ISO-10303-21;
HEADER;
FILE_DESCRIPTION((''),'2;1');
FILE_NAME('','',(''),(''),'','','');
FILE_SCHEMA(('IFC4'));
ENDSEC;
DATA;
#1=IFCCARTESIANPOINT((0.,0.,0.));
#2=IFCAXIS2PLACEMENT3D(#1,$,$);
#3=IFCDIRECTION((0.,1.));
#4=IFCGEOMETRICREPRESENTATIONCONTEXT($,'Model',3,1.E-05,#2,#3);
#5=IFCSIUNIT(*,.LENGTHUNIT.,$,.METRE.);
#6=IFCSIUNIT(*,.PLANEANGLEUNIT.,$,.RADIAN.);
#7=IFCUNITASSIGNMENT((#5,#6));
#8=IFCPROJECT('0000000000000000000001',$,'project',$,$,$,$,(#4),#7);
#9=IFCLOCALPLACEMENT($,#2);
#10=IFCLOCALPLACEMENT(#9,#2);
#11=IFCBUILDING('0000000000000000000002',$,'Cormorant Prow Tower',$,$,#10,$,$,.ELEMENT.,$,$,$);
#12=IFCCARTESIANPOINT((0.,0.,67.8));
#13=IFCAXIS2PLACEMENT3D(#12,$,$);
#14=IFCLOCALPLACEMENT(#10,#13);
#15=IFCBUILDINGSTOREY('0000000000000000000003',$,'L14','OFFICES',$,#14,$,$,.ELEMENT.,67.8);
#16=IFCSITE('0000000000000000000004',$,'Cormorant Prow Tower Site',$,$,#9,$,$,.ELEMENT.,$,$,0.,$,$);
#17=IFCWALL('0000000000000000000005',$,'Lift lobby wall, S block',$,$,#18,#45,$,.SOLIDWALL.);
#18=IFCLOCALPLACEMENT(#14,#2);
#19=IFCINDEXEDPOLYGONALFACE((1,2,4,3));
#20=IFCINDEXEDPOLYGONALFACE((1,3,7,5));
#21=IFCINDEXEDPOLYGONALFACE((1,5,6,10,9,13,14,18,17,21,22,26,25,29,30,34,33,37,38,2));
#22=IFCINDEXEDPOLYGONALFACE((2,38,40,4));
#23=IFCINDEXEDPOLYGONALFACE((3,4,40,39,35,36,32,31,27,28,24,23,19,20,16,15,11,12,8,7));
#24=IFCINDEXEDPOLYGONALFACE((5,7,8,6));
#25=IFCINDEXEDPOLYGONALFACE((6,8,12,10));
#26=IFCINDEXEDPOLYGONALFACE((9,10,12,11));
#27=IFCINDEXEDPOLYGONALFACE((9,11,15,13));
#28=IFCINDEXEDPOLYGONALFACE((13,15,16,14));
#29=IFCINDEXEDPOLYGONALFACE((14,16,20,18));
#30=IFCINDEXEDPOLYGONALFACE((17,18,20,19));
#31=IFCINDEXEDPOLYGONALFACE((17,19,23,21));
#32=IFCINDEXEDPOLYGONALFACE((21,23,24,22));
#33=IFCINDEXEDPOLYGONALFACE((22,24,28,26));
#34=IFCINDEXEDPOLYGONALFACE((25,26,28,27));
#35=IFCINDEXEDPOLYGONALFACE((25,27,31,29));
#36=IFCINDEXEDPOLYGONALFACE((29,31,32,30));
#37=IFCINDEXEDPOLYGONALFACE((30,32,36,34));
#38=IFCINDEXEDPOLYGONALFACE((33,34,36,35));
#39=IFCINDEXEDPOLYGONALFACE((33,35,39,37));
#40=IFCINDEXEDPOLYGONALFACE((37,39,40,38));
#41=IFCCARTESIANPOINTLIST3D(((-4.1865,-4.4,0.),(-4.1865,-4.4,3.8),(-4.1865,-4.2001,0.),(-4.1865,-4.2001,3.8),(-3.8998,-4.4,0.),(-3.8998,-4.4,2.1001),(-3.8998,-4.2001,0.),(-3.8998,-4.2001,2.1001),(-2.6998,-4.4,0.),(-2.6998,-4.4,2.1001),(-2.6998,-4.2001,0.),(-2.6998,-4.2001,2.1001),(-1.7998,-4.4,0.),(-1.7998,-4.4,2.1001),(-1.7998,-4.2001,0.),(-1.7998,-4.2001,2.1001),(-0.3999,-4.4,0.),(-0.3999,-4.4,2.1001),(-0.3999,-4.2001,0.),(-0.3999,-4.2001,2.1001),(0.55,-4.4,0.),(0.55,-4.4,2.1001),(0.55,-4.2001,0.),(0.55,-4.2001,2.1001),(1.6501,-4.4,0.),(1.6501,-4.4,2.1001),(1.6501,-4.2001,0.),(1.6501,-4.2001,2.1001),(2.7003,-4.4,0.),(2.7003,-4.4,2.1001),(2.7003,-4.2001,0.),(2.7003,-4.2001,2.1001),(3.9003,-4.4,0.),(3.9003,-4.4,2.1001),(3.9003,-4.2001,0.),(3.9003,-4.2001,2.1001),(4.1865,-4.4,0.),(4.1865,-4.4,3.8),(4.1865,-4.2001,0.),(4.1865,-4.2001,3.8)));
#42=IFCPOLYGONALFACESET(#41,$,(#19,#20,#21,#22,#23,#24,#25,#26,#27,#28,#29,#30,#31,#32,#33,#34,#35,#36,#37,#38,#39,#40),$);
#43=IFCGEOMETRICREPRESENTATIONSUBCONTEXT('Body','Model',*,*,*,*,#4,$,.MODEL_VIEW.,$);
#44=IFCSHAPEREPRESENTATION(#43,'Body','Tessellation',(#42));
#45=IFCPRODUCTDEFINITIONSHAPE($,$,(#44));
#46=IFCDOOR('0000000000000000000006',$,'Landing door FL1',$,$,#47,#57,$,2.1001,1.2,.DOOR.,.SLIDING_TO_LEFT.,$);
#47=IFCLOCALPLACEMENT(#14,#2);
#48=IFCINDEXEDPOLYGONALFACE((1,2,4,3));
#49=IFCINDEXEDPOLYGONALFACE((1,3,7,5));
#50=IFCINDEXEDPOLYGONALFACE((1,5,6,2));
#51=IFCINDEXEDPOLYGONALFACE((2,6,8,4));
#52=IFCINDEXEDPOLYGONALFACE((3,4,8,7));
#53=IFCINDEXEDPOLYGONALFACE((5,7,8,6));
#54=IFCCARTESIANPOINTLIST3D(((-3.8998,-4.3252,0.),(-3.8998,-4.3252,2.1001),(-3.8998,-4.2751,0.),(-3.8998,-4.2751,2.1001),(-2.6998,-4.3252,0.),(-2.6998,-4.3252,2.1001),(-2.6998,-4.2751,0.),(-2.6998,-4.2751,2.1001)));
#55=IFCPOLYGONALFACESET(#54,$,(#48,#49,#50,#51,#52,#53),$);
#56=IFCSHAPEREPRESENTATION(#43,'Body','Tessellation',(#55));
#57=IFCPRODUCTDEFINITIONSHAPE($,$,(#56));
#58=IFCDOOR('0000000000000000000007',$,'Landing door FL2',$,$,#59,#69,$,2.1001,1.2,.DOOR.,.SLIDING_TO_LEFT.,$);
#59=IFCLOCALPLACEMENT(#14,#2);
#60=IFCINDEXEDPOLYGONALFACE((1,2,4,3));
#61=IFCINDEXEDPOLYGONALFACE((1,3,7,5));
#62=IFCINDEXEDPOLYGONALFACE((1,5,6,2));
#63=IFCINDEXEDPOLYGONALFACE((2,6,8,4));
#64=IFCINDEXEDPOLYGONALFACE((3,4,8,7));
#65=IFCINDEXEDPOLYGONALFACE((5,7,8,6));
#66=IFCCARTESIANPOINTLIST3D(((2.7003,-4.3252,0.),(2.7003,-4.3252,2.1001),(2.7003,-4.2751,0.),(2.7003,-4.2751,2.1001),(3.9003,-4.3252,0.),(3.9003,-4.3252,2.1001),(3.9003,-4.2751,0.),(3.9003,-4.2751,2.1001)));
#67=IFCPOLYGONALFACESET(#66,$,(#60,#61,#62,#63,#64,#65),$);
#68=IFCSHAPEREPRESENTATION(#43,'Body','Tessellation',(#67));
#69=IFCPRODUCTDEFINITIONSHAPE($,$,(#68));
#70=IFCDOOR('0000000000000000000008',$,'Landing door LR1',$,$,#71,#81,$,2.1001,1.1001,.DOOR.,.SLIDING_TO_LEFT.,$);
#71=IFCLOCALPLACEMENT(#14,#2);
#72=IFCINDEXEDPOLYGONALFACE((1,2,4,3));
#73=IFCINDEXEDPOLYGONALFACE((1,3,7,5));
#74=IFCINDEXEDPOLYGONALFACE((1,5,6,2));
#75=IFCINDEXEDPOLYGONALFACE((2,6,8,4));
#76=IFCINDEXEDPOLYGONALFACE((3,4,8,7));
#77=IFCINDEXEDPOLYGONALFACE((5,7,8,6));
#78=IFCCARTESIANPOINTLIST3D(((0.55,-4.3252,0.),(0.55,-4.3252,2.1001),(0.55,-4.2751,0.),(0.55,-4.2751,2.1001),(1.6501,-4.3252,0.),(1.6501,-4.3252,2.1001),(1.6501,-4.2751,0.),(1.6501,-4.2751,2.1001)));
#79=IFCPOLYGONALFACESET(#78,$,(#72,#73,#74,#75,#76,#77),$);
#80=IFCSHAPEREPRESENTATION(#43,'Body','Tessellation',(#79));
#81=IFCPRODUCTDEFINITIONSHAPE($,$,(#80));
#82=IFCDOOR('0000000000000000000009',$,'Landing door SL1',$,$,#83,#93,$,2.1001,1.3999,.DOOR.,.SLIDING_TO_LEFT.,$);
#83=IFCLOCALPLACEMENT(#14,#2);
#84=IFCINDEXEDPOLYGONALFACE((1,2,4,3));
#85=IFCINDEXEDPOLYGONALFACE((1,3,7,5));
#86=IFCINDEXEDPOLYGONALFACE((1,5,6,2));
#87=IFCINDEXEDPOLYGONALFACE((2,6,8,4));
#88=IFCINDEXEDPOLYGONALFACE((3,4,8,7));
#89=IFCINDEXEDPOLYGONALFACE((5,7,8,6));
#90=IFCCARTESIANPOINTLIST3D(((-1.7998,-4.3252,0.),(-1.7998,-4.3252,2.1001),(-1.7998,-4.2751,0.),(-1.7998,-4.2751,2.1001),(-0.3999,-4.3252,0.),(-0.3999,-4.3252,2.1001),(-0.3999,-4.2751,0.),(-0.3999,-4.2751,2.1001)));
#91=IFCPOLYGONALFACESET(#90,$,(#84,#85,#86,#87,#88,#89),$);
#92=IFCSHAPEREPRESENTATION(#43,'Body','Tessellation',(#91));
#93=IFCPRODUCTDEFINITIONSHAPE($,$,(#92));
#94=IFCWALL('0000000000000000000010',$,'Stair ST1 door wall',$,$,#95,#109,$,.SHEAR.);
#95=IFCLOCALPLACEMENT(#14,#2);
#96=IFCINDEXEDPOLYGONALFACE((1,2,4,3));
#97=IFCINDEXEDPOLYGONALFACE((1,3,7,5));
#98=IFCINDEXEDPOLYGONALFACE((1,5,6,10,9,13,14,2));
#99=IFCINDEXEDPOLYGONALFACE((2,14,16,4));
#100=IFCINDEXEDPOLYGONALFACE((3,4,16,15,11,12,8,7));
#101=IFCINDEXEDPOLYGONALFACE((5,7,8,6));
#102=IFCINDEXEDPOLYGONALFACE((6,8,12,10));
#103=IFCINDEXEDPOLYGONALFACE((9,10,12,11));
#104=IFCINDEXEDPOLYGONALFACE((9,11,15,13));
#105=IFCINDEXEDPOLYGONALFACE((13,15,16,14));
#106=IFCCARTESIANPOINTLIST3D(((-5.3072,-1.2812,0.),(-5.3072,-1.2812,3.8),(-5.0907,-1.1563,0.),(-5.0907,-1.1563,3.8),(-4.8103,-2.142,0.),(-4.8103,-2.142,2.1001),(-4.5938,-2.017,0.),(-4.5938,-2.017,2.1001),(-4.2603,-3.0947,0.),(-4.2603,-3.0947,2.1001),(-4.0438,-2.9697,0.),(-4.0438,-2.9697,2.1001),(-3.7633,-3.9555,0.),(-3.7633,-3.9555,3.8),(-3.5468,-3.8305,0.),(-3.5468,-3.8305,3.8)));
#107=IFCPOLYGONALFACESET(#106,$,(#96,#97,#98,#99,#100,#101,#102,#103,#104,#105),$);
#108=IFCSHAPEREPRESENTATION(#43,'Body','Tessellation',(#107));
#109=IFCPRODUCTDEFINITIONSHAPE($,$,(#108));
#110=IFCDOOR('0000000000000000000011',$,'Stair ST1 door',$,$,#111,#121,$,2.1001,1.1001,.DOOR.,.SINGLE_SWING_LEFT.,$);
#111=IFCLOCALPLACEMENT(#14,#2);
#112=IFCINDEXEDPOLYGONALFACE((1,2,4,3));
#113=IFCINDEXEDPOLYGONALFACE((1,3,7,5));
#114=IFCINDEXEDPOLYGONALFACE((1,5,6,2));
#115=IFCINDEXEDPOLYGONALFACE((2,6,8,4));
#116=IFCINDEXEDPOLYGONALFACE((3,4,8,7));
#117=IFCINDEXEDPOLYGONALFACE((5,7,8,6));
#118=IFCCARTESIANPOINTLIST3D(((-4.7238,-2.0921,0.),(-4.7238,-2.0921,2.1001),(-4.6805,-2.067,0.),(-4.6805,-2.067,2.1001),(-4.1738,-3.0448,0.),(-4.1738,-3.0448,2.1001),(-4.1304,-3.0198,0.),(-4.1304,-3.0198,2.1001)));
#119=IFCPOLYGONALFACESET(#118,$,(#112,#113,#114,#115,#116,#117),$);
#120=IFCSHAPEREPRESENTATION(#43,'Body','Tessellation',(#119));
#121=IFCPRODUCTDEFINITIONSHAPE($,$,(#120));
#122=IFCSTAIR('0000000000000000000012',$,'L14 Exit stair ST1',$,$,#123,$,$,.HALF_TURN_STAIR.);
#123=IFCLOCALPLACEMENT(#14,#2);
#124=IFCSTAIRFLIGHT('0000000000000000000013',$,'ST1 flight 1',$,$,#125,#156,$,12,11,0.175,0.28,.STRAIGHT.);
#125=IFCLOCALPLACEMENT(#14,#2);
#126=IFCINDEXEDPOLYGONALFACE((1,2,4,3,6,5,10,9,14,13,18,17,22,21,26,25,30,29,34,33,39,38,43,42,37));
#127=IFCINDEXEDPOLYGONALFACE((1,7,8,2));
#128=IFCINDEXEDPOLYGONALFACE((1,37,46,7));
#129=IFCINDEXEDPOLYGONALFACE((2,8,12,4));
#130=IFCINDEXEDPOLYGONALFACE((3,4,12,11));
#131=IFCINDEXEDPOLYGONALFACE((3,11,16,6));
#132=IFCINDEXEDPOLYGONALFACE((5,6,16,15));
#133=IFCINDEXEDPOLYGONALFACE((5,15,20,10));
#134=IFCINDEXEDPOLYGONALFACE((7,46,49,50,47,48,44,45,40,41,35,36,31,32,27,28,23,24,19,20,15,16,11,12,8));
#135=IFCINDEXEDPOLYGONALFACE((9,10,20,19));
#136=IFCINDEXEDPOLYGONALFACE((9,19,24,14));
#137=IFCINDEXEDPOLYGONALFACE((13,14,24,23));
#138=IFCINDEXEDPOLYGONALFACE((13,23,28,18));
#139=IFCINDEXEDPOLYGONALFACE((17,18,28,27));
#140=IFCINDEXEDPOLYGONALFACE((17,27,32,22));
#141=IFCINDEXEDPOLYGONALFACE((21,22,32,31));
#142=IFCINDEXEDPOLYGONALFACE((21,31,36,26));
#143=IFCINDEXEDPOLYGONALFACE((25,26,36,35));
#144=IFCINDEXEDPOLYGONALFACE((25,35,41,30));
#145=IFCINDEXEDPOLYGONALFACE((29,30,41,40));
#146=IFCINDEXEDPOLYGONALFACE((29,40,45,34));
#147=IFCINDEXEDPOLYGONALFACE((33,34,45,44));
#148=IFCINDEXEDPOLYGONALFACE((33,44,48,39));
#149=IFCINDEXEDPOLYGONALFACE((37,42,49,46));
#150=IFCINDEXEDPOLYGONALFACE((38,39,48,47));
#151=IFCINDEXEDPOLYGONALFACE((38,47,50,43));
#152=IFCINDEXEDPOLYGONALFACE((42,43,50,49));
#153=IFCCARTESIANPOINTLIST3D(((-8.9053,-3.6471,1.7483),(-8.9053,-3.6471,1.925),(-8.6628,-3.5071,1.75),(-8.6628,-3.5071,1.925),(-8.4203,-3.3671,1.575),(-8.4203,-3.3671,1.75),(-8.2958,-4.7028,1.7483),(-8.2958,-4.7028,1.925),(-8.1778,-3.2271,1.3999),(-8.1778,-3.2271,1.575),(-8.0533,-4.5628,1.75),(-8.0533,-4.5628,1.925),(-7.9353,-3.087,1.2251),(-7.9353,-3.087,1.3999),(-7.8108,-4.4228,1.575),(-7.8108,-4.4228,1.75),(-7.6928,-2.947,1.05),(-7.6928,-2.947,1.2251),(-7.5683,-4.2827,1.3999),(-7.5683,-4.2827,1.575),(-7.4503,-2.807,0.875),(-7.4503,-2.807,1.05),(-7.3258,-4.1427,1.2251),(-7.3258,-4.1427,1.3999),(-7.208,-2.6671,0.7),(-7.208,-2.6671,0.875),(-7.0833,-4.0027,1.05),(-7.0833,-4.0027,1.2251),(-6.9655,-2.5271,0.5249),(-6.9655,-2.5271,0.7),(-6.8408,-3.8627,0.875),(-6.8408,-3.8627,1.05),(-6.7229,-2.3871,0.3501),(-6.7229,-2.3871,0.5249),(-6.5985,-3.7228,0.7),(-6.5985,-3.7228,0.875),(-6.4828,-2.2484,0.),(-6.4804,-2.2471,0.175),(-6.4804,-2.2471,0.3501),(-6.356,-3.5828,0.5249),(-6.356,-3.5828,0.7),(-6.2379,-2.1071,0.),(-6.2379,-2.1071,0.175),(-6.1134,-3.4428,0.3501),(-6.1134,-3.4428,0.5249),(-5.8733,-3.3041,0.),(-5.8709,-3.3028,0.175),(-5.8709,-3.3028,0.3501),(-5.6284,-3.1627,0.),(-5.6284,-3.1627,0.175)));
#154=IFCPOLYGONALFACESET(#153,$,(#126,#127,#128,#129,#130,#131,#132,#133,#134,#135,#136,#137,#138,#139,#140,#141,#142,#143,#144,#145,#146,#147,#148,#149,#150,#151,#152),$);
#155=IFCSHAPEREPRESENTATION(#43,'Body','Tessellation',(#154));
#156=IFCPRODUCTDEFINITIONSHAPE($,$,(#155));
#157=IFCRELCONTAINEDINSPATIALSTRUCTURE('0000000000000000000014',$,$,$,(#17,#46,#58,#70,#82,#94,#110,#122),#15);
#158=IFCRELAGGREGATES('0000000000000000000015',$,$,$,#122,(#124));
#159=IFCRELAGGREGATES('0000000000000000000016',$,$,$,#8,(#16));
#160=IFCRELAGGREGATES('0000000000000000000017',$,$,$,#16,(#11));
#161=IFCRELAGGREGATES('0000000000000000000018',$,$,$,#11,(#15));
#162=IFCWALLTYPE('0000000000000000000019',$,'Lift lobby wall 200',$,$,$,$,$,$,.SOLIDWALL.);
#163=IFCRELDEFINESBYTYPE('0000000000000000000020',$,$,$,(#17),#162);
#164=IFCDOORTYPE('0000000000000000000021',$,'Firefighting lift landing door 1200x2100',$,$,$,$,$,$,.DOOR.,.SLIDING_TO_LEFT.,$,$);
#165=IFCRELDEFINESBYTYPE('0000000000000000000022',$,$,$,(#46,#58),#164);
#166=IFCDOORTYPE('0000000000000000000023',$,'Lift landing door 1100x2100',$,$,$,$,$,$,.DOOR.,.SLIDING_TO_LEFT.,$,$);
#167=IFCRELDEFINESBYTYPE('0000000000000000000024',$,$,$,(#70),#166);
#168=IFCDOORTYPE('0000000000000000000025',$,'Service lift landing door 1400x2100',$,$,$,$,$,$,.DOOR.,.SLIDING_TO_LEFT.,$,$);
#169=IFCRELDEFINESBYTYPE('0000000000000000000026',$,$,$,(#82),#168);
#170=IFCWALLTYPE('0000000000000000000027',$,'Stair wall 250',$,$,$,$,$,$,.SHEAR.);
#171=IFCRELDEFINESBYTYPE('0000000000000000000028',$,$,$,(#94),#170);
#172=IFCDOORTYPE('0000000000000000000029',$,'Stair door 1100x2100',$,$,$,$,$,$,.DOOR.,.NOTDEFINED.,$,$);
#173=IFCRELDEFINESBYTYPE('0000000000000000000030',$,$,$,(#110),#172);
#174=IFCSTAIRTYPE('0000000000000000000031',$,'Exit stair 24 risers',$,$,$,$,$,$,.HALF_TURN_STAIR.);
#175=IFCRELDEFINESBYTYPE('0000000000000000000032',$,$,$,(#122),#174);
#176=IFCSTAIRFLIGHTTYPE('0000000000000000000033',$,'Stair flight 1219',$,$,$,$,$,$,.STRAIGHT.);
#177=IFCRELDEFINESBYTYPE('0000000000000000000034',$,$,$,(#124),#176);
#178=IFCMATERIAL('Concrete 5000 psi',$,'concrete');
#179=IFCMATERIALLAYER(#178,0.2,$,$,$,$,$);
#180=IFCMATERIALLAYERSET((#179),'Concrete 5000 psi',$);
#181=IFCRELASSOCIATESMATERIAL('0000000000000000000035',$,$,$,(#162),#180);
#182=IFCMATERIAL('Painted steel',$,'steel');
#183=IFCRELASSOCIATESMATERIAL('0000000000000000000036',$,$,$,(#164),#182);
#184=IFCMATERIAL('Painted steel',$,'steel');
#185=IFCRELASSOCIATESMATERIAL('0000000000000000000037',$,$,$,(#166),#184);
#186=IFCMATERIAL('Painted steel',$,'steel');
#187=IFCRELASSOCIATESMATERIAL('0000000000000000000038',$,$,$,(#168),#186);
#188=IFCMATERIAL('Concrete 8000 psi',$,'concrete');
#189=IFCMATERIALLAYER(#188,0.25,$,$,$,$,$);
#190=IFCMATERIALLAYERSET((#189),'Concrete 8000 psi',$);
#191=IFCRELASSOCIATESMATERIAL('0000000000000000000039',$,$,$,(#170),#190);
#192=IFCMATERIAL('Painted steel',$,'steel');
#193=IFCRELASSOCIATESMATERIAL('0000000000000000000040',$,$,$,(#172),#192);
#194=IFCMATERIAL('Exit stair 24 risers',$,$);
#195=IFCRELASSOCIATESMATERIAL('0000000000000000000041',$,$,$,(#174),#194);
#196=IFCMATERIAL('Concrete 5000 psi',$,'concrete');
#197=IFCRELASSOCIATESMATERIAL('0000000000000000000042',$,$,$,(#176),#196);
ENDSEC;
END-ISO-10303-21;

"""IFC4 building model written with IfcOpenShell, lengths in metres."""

from ifc_helpers import new_model, si_unit, direction, frame, frame_2d, origin, place, context, subcontext, project, spatial, polyline, rectangle, outline, extrude, material, layer, layer_set, type_object, element, fill, aggregate, save


model = new_model("IFC4")

# Units and contexts
model_context = context("Model", 3, precision=1e-05, world=origin(), true_north=direction((0.0, 1.0)))
body_context = subcontext(model_context, "Body", "Model", "MODEL_VIEW")
ifc_project = project(units=[si_unit("LENGTHUNIT", "METRE"), si_unit("PLANEANGLEUNIT", "RADIAN")], contexts=[model_context])

# Site, building, storey
site_placement = place(None, origin())
site = spatial("IfcSite", under=ifc_project, at=site_placement, Name="Cormorant Prow Tower Site", CompositionType="ELEMENT", RefElevation=0.0)
building_placement = place(site_placement, origin())
building = spatial("IfcBuilding", under=site, at=building_placement, Name="Cormorant Prow Tower", CompositionType="ELEMENT")
storey_placement = place(building_placement, frame((0.0, 0.0, 67.8)))
storey = spatial("IfcBuildingStorey", under=building, at=storey_placement, Name="L14", Description="OFFICES", CompositionType="ELEMENT", Elevation=67.8)

# Wall, openings, doors
ifc_material_1 = material(Name="Concrete 5000 psi", Category="concrete")
ifc_layer_1 = layer(ifc_material_1, 0.2)
ifc_layer_set_1 = layer_set([ifc_layer_1], Name="Concrete 5000 psi")
wall_type_1 = type_object("IfcWallType", Name="Lift lobby wall 200", PredefinedType="SOLIDWALL", material=ifc_layer_set_1)
wall_1_placement = place(storey_placement, frame((-4.1865, -4.3, 0.0), z_axis=(0.0, 0.0, 1.0), x_axis=(1.0, 0.0, 0.0)))
wall_1 = element("IfcWall", 1, at=wall_1_placement, inside=storey, type_object=wall_type_1, Name="Lift lobby wall, S block", PredefinedType="SOLIDWALL", context=body_context, shape_type="SweptSolid", body=[
    extrude(rectangle(XDim=8.373, YDim=0.2, at=frame_2d((4.1865, 0.0))), origin(), (0.0, 0.0, 1.0), 3.8),
])
opening_1_placement = place(wall_1_placement, frame((0.2866, 0.0, 0.0)))
opening_1 = element("IfcOpeningElement", 2, at=opening_1_placement, cuts=wall_1, PredefinedType="OPENING", context=body_context, shape_type="SweptSolid", body=[
    extrude(rectangle(XDim=1.2, YDim=2.1001, at=frame_2d((0.6001, 1.05))), frame((0.0, 0.1099, 0.0), z_axis=(0.0, -1.0, 0.0), x_axis=(1.0, 0.0, 0.0)), (0.0, 0.0, 1.0), 0.22),
])
opening_2_placement = place(wall_1_placement, frame((2.3867, 0.0, 0.0)))
opening_2 = element("IfcOpeningElement", 3, at=opening_2_placement, cuts=wall_1, PredefinedType="OPENING", context=body_context, shape_type="SweptSolid", body=[
    extrude(rectangle(XDim=1.3999, YDim=2.1001, at=frame_2d((0.7, 1.05))), frame((0.0, 0.1099, 0.0), z_axis=(0.0, -1.0, 0.0), x_axis=(1.0, 0.0, 0.0)), (0.0, 0.0, 1.0), 0.22),
])
opening_3_placement = place(wall_1_placement, frame((4.7366, 0.0, 0.0)))
opening_3 = element("IfcOpeningElement", 4, at=opening_3_placement, cuts=wall_1, PredefinedType="OPENING", context=body_context, shape_type="SweptSolid", body=[
    extrude(rectangle(XDim=1.1001, YDim=2.1001, at=frame_2d((0.55, 1.05))), frame((0.0, 0.1099, 0.0), z_axis=(0.0, -1.0, 0.0), x_axis=(1.0, 0.0, 0.0)), (0.0, 0.0, 1.0), 0.22),
])
opening_4_placement = place(wall_1_placement, frame((6.8867, 0.0, 0.0)))
opening_4 = element("IfcOpeningElement", 5, at=opening_4_placement, cuts=wall_1, PredefinedType="OPENING", context=body_context, shape_type="SweptSolid", body=[
    extrude(rectangle(XDim=1.2, YDim=2.1001, at=frame_2d((0.6001, 1.05))), frame((0.0, 0.1099, 0.0), z_axis=(0.0, -1.0, 0.0), x_axis=(1.0, 0.0, 0.0)), (0.0, 0.0, 1.0), 0.22),
])
ifc_material_2 = material(Name="Painted steel", Category="steel")
door_type_1 = type_object("IfcDoorType", Name="Firefighting lift landing door 1200x2100", OperationType="SLIDING_TO_LEFT", PredefinedType="DOOR", material=ifc_material_2)
door_1_placement = place(opening_1_placement, origin())
door_1 = element("IfcDoor", 6, at=door_1_placement, inside=storey, type_object=door_type_1, Name="Landing door FL1", OperationType="SLIDING_TO_LEFT", OverallHeight=2.1001, OverallWidth=1.2, PredefinedType="DOOR", context=body_context, shape_type="SweptSolid", body=[
    extrude(rectangle(XDim=1.2, YDim=2.1001, at=frame_2d((0.6001, 1.05))), frame((0.0, 0.0249, 0.0), z_axis=(0.0, -1.0, 0.0), x_axis=(1.0, 0.0, 0.0)), (0.0, 0.0, 1.0), 0.05),
])
fill(opening_1, door_1)
door_2_placement = place(opening_4_placement, origin())
door_2 = element("IfcDoor", 7, at=door_2_placement, inside=storey, type_object=door_type_1, Name="Landing door FL2", OperationType="SLIDING_TO_LEFT", OverallHeight=2.1001, OverallWidth=1.2, PredefinedType="DOOR", context=body_context, shape_type="SweptSolid", body=[
    extrude(rectangle(XDim=1.2, YDim=2.1001, at=frame_2d((0.6001, 1.05))), frame((0.0, 0.0249, 0.0), z_axis=(0.0, -1.0, 0.0), x_axis=(1.0, 0.0, 0.0)), (0.0, 0.0, 1.0), 0.05),
])
fill(opening_4, door_2)
ifc_material_3 = material(Name="Painted steel", Category="steel")
door_type_2 = type_object("IfcDoorType", Name="Lift landing door 1100x2100", OperationType="SLIDING_TO_LEFT", PredefinedType="DOOR", material=ifc_material_3)
door_3_placement = place(opening_3_placement, origin())
door_3 = element("IfcDoor", 8, at=door_3_placement, inside=storey, type_object=door_type_2, Name="Landing door LR1", OperationType="SLIDING_TO_LEFT", OverallHeight=2.1001, OverallWidth=1.1001, PredefinedType="DOOR", context=body_context, shape_type="SweptSolid", body=[
    extrude(rectangle(XDim=1.1001, YDim=2.1001, at=frame_2d((0.55, 1.05))), frame((0.0, 0.0249, 0.0), z_axis=(0.0, -1.0, 0.0), x_axis=(1.0, 0.0, 0.0)), (0.0, 0.0, 1.0), 0.05),
])
fill(opening_3, door_3)
ifc_material_4 = material(Name="Painted steel", Category="steel")
door_type_3 = type_object("IfcDoorType", Name="Service lift landing door 1400x2100", OperationType="SLIDING_TO_LEFT", PredefinedType="DOOR", material=ifc_material_4)
door_4_placement = place(opening_2_placement, origin())
door_4 = element("IfcDoor", 9, at=door_4_placement, inside=storey, type_object=door_type_3, Name="Landing door SL1", OperationType="SLIDING_TO_LEFT", OverallHeight=2.1001, OverallWidth=1.3999, PredefinedType="DOOR", context=body_context, shape_type="SweptSolid", body=[
    extrude(rectangle(XDim=1.3999, YDim=2.1001, at=frame_2d((0.7, 1.05))), frame((0.0, 0.0249, 0.0), z_axis=(0.0, -1.0, 0.0), x_axis=(1.0, 0.0, 0.0)), (0.0, 0.0, 1.0), 0.05),
])
fill(opening_2, door_4)

# Wall, opening, door
ifc_material_5 = material(Name="Concrete 8000 psi", Category="concrete")
ifc_layer_2 = layer(ifc_material_5, 0.25)
ifc_layer_set_2 = layer_set([ifc_layer_2], Name="Concrete 8000 psi")
wall_type_2 = type_object("IfcWallType", Name="Stair wall 250", PredefinedType="SHEAR", material=ifc_layer_set_2)
wall_2_placement = place(storey_placement, frame((-5.199, -1.2188, 0.0), z_axis=(0.0, 0.0, 1.0), x_axis=(0.499983, -0.866035, 0.0)))
wall_2 = element("IfcWall", 10, at=wall_2_placement, inside=storey, type_object=wall_type_2, Name="Stair ST1 door wall", PredefinedType="SHEAR", context=body_context, shape_type="SweptSolid", body=[
    extrude(rectangle(XDim=3.0879, YDim=0.25, at=frame_2d((1.5439, 0.0))), origin(), (0.0, 0.0, 1.0), 3.8),
])
opening_5_placement = place(wall_2_placement, frame((0.9939, 0.0, 0.0)))
opening_5 = element("IfcOpeningElement", 11, at=opening_5_placement, cuts=wall_2, PredefinedType="OPENING", context=body_context, shape_type="SweptSolid", body=[
    extrude(rectangle(XDim=1.1001, YDim=2.1001, at=frame_2d((0.55, 1.05))), frame((0.0, 0.135, 0.0), z_axis=(0.0, -1.0, 0.0), x_axis=(1.0, 0.0, 0.0)), (0.0, 0.0, 1.0), 0.27),
])
ifc_material_6 = material(Name="Painted steel", Category="steel")
door_type_4 = type_object("IfcDoorType", Name="Stair door 1100x2100", OperationType="NOTDEFINED", PredefinedType="DOOR", material=ifc_material_6)
door_5_placement = place(opening_5_placement, origin())
door_5 = element("IfcDoor", 12, at=door_5_placement, inside=storey, type_object=door_type_4, Name="Stair ST1 door", OperationType="SINGLE_SWING_LEFT", OverallHeight=2.1001, OverallWidth=1.1001, PredefinedType="DOOR", context=body_context, shape_type="SweptSolid", body=[
    extrude(rectangle(XDim=1.1001, YDim=2.1001, at=frame_2d((0.55, 1.05))), frame((0.0, 0.0249, 0.0), z_axis=(0.0, -1.0, 0.0), x_axis=(1.0, 0.0, 0.0)), (0.0, 0.0, 1.0), 0.05),
])
fill(opening_5, door_5)

# Stair, stair flight
ifc_material_7 = material(Name="Exit stair 24 risers")
stair_type = type_object("IfcStairType", Name="Exit stair 24 risers", PredefinedType="HALF_TURN_STAIR", material=ifc_material_7)
stair_placement = place(storey_placement, origin())
stair = element("IfcStair", 13, at=stair_placement, inside=storey, type_object=stair_type, Name="L14 Exit stair ST1", PredefinedType="HALF_TURN_STAIR")
ifc_material_8 = material(Name="Concrete 5000 psi", Category="concrete")
stair_flight_type = type_object("IfcStairFlightType", Name="Stair flight 1219", PredefinedType="STRAIGHT", material=ifc_material_8)
stair_flight_placement = place(storey_placement, frame((-5.9331, -2.635, 0.0), z_axis=(0.0, 0.0, 1.0), x_axis=(-0.866025, -0.5, 0.0)))
stair_flight = element("IfcStairFlight", 14, at=stair_flight_placement, type_object=stair_flight_type, Name="ST1 flight 1", NumberOfRisers=12, NumberOfTreads=11, PredefinedType="STRAIGHT", RiserHeight=0.175, TreadLength=0.28, context=body_context, shape_type="SweptSolid", body=[
    extrude(outline(polyline([(0.0, 0.0), (0.0, 0.175), (0.28, 0.175), (0.28, 0.3501), (0.5601, 0.3501), (0.5601, 0.5249), (0.8401, 0.5249), (0.8401, 0.7), (1.1201, 0.7), (1.1201, 0.875), (1.3999, 0.875), (1.3999, 1.05), (1.6799, 1.05), (1.6799, 1.2251), (1.96, 1.2251), (1.96, 1.3999), (2.24, 1.3999), (2.24, 1.575), (2.52, 1.575), (2.52, 1.75), (2.8, 1.75), (2.8, 1.925), (3.0801, 1.925), (3.0801, 2.1001), (3.0801, 1.7483), (0.2827, 0.0), (0.0, 0.0)])), frame((0.0, 0.6094, 0.0), z_axis=(0.0, -1.0, 0.0), x_axis=(1.0, 0.0, 0.0)), (0.0, 0.0, 1.0), 1.219),
])
aggregate(stair, [stair_flight])

save(model, "model.ifc")
